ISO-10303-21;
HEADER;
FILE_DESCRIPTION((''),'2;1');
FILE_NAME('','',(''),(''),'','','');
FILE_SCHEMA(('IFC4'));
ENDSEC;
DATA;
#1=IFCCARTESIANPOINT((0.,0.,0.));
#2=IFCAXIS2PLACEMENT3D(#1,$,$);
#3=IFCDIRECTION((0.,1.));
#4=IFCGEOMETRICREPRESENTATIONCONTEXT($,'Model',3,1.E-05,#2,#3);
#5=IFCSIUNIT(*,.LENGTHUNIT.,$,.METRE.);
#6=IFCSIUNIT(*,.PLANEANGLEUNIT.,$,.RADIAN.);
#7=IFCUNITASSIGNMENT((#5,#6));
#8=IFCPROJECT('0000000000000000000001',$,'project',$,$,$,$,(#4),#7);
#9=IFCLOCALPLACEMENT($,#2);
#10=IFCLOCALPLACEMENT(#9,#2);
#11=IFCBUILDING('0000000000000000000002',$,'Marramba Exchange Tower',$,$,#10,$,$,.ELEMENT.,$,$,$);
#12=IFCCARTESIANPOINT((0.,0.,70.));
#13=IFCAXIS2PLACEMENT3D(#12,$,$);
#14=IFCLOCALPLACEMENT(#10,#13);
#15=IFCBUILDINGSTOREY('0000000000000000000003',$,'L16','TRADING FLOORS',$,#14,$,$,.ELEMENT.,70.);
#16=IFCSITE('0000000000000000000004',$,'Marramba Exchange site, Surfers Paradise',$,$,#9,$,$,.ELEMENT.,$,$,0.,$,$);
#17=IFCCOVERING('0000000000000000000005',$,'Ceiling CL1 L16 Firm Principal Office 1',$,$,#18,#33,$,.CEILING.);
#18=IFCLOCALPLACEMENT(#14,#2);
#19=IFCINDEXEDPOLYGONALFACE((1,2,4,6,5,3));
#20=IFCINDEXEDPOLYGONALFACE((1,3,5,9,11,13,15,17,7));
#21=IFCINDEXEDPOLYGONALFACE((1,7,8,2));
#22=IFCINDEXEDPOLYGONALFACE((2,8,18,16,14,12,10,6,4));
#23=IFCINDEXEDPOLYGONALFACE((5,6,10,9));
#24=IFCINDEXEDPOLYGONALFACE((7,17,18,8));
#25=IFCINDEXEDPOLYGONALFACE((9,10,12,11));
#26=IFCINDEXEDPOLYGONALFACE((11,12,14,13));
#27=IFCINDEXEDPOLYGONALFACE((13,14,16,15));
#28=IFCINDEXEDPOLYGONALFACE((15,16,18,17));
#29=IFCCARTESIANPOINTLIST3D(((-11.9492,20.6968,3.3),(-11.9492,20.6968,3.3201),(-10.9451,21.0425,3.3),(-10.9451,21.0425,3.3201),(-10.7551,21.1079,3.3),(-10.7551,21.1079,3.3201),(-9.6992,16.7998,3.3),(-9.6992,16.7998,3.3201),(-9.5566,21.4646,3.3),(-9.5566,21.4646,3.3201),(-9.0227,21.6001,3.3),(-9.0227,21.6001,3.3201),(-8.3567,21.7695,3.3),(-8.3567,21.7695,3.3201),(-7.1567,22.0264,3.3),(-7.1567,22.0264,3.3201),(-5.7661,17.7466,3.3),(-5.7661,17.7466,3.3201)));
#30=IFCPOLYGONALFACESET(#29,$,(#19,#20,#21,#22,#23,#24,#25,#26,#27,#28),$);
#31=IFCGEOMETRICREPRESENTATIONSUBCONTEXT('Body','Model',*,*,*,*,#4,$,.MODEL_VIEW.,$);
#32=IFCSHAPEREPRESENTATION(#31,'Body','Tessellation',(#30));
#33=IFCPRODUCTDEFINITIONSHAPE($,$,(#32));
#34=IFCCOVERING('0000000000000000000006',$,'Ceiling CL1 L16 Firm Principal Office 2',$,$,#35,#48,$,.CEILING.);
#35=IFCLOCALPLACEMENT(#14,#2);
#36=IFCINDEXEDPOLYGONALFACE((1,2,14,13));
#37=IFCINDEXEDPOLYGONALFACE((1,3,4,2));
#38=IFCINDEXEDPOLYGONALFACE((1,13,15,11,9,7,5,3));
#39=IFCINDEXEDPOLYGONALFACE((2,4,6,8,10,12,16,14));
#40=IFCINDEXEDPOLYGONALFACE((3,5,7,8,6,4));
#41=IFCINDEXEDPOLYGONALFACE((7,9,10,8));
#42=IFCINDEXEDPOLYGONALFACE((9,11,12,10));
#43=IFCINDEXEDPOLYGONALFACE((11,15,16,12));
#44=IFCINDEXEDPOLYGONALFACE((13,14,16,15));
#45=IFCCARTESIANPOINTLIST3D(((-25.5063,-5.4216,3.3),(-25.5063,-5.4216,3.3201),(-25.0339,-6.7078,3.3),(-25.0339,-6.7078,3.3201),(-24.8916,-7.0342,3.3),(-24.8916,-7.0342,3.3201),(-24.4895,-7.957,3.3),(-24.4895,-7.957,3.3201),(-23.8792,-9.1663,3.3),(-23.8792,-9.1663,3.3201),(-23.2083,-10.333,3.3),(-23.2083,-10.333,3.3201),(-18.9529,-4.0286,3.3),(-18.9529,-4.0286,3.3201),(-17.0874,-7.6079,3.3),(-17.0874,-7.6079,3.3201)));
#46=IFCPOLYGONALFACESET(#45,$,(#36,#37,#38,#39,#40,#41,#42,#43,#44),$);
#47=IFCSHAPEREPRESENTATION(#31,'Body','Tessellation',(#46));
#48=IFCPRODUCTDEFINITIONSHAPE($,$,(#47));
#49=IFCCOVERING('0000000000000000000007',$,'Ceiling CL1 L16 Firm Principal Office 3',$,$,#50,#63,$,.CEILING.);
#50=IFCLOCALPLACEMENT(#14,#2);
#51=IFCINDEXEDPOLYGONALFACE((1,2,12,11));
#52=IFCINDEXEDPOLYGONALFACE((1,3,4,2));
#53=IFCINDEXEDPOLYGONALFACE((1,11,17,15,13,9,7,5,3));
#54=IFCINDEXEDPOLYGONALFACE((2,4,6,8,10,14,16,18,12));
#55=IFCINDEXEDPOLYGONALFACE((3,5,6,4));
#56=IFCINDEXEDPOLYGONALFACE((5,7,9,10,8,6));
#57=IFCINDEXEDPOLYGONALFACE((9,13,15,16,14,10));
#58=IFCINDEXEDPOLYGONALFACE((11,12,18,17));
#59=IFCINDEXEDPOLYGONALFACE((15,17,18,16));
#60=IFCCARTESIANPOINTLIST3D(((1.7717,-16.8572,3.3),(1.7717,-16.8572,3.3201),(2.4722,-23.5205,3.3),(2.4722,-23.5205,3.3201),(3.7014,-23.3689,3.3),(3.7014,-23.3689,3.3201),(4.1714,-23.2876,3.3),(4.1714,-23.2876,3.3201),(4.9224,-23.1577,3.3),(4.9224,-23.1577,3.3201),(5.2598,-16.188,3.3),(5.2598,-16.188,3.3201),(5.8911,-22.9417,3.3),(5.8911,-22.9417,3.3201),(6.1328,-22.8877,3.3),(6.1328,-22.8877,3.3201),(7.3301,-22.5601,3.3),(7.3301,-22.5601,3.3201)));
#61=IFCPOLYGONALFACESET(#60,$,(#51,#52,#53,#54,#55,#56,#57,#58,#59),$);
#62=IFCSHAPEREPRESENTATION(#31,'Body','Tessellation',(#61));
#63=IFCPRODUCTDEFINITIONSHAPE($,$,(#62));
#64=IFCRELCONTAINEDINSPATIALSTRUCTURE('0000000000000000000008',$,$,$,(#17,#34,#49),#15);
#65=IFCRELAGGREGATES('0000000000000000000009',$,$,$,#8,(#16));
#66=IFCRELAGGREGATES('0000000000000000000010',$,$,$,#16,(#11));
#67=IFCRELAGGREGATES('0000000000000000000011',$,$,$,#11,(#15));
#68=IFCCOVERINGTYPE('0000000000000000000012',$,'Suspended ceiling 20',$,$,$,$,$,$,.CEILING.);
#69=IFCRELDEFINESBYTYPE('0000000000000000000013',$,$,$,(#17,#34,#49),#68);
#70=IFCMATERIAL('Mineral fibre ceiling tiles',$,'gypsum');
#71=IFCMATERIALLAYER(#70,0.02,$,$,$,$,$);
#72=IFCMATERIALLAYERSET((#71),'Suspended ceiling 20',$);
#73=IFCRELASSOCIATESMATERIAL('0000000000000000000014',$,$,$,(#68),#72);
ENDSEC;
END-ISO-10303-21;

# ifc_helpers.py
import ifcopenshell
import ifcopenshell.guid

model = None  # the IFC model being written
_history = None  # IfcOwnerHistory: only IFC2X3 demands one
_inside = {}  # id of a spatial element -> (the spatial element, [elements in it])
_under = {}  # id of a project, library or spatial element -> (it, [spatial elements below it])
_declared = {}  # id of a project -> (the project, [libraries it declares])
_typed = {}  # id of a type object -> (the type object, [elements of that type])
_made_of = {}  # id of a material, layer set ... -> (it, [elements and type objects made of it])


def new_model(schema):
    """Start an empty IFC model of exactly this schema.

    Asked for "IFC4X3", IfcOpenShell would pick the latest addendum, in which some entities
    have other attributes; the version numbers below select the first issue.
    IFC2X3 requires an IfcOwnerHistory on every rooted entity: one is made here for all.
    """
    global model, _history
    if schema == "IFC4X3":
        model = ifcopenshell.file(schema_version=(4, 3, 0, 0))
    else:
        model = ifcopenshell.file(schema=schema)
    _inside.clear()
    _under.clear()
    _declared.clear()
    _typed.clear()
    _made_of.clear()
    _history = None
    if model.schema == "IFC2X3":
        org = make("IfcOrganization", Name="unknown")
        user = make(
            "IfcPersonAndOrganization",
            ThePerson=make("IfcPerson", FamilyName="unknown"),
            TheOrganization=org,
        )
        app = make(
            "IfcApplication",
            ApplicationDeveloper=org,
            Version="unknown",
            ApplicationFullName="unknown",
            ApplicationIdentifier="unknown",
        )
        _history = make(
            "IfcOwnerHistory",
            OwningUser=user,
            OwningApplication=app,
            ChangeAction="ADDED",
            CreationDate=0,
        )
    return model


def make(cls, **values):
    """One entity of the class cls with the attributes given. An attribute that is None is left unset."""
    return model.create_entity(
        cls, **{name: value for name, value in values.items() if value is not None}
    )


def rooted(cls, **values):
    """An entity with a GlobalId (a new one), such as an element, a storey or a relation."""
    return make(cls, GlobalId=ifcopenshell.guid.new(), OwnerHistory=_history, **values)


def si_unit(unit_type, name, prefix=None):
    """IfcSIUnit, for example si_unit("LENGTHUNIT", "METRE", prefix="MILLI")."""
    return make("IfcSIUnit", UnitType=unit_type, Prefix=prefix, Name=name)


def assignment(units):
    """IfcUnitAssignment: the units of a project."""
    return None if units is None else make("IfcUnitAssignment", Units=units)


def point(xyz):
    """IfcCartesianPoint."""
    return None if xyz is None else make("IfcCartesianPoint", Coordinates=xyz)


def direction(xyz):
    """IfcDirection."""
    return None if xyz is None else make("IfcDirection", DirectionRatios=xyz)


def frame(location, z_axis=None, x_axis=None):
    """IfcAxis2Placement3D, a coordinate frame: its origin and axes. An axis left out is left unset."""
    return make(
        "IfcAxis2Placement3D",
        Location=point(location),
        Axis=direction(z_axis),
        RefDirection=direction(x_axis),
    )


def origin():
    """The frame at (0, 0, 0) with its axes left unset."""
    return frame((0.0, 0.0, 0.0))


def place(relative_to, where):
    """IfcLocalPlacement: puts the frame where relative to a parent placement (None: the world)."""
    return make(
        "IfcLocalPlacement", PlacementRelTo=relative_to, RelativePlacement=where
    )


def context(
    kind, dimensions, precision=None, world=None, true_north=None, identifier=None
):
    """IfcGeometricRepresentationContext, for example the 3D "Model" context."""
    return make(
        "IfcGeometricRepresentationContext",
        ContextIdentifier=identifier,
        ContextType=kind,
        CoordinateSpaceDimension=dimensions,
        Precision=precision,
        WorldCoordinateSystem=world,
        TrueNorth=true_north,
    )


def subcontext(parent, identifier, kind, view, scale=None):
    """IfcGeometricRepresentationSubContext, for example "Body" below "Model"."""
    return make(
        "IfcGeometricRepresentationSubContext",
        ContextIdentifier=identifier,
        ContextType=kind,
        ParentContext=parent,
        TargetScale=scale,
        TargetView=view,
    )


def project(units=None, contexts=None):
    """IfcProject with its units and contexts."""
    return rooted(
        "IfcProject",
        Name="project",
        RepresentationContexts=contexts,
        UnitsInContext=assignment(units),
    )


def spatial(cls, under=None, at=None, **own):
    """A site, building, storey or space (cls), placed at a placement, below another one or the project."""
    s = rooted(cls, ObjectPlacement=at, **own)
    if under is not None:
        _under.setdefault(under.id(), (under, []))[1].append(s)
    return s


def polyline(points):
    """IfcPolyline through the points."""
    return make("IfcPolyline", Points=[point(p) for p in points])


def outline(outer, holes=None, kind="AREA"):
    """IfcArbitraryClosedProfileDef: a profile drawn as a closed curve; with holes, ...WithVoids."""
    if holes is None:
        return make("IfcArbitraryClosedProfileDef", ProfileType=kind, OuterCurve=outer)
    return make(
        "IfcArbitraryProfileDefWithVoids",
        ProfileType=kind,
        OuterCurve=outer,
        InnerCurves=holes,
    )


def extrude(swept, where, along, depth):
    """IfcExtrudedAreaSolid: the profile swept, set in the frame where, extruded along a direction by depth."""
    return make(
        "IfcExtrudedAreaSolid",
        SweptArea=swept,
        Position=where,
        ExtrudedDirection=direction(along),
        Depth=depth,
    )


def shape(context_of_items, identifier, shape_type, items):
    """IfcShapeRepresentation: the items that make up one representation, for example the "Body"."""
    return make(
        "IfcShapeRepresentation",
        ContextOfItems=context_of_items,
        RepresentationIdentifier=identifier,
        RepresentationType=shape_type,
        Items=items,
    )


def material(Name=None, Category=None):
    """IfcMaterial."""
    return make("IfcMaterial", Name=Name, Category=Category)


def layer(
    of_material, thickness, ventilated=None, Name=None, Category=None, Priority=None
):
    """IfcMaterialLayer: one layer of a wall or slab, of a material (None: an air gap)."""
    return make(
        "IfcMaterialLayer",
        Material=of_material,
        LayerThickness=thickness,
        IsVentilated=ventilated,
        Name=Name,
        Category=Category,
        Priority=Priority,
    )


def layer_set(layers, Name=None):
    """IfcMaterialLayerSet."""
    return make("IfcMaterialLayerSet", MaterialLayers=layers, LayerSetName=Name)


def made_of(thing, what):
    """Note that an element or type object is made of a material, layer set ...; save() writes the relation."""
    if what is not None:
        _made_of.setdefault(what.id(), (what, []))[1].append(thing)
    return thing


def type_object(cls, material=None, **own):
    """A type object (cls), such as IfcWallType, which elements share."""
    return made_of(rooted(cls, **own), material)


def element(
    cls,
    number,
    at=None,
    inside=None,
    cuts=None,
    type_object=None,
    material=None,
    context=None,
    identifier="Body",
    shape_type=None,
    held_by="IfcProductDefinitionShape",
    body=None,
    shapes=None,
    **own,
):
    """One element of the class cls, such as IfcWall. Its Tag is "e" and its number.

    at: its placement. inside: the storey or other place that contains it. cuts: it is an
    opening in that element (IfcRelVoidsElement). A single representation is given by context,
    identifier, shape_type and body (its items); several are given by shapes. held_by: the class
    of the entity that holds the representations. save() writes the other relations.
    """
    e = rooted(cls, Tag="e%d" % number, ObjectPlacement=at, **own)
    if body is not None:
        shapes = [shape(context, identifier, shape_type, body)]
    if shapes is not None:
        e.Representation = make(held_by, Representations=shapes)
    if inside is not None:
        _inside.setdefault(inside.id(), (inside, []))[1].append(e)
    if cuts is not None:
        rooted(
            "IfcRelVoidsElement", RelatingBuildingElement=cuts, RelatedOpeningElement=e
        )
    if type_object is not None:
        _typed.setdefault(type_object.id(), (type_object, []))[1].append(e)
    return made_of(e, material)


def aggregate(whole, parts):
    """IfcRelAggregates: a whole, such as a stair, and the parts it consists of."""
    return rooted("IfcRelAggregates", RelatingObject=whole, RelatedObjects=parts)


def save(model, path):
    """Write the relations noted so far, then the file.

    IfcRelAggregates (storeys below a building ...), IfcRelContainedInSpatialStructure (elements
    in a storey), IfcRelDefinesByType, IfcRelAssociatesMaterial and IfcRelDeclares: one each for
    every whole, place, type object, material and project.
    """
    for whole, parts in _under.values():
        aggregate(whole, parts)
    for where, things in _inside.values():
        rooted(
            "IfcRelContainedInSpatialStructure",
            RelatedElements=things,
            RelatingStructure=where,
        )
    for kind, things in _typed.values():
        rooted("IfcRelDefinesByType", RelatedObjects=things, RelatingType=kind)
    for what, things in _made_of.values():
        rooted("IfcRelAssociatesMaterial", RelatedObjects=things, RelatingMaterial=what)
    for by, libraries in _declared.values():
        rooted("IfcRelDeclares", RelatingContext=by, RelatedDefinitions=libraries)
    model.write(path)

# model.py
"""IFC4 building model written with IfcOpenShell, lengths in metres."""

from ifc_helpers import new_model, si_unit, direction, frame, origin, place, context, subcontext, project, spatial, polyline, outline, extrude, material, layer, layer_set, type_object, element, save


model = new_model("IFC4")

# Units and contexts
model_context = context("Model", 3, precision=1e-05, world=origin(), true_north=direction((0.0, 1.0)))
body_context = subcontext(model_context, "Body", "Model", "MODEL_VIEW")
ifc_project = project(units=[si_unit("LENGTHUNIT", "METRE"), si_unit("PLANEANGLEUNIT", "RADIAN")], contexts=[model_context])

# Site, building, storey
site_placement = place(None, origin())
site = spatial("IfcSite", under=ifc_project, at=site_placement, Name="Marramba Exchange site, Surfers Paradise", CompositionType="ELEMENT", RefElevation=0.0)
building_placement = place(site_placement, origin())
building = spatial("IfcBuilding", under=site, at=building_placement, Name="Marramba Exchange Tower", CompositionType="ELEMENT")
storey_placement = place(building_placement, frame((0.0, 0.0, 70.0)))
storey = spatial("IfcBuildingStorey", under=building, at=storey_placement, Name="L16", Description="TRADING FLOORS", CompositionType="ELEMENT", Elevation=70.0)

# Coverings
ifc_material_1 = material(Name="Mineral fibre ceiling tiles", Category="gypsum")
ifc_layer_1 = layer(ifc_material_1, 0.02)
ifc_layer_set_1 = layer_set([ifc_layer_1], Name="Suspended ceiling 20")
covering_type_1 = type_object("IfcCoveringType", Name="Suspended ceiling 20", PredefinedType="CEILING", material=ifc_layer_set_1)
covering_1_placement = place(storey_placement, frame((0.0, 0.0, 3.3)))
element("IfcCovering", 1, at=covering_1_placement, inside=storey, type_object=covering_type_1, Name="Ceiling CL1 L16 Firm Principal Office 1", PredefinedType="CEILING", context=body_context, shape_type="SweptSolid", body=[
    extrude(outline(polyline([(-10.9451, 21.0425), (-10.7551, 21.1079), (-9.5566, 21.4646), (-9.0227, 21.6001), (-8.3567, 21.7695), (-7.1567, 22.0264), (-5.7661, 17.7466), (-9.6992, 16.7998), (-11.9492, 20.6968), (-10.9451, 21.0425)])), origin(), (0.0, 0.0, 1.0), 0.02),
])
covering_2_placement = place(storey_placement, frame((0.0, 0.0, 3.3)))
element("IfcCovering", 2, at=covering_2_placement, inside=storey, type_object=covering_type_1, Name="Ceiling CL1 L16 Firm Principal Office 2", PredefinedType="CEILING", context=body_context, shape_type="SweptSolid", body=[
    extrude(outline(polyline([(-23.8792, -9.1663), (-24.4895, -7.957), (-24.8916, -7.0342), (-25.0339, -6.7078), (-25.5063, -5.4216), (-18.9529, -4.0286), (-17.0874, -7.6079), (-23.2083, -10.333), (-23.8792, -9.1663)])), origin(), (0.0, 0.0, 1.0), 0.02),
])
covering_3_placement = place(storey_placement, frame((0.0, 0.0, 3.3)))
element("IfcCovering", 3, at=covering_3_placement, inside=storey, type_object=covering_type_1, Name="Ceiling CL1 L16 Firm Principal Office 3", PredefinedType="CEILING", context=body_context, shape_type="SweptSolid", body=[
    extrude(outline(polyline([(6.1328, -22.8877), (5.8911, -22.9417), (4.9224, -23.1577), (4.1714, -23.2876), (3.7014, -23.3689), (2.4722, -23.5205), (1.7717, -16.8572), (5.2598, -16.188), (7.3301, -22.5601), (6.1328, -22.8877)])), origin(), (0.0, 0.0, 1.0), 0.02),
])

save(model, "model.ifc")
